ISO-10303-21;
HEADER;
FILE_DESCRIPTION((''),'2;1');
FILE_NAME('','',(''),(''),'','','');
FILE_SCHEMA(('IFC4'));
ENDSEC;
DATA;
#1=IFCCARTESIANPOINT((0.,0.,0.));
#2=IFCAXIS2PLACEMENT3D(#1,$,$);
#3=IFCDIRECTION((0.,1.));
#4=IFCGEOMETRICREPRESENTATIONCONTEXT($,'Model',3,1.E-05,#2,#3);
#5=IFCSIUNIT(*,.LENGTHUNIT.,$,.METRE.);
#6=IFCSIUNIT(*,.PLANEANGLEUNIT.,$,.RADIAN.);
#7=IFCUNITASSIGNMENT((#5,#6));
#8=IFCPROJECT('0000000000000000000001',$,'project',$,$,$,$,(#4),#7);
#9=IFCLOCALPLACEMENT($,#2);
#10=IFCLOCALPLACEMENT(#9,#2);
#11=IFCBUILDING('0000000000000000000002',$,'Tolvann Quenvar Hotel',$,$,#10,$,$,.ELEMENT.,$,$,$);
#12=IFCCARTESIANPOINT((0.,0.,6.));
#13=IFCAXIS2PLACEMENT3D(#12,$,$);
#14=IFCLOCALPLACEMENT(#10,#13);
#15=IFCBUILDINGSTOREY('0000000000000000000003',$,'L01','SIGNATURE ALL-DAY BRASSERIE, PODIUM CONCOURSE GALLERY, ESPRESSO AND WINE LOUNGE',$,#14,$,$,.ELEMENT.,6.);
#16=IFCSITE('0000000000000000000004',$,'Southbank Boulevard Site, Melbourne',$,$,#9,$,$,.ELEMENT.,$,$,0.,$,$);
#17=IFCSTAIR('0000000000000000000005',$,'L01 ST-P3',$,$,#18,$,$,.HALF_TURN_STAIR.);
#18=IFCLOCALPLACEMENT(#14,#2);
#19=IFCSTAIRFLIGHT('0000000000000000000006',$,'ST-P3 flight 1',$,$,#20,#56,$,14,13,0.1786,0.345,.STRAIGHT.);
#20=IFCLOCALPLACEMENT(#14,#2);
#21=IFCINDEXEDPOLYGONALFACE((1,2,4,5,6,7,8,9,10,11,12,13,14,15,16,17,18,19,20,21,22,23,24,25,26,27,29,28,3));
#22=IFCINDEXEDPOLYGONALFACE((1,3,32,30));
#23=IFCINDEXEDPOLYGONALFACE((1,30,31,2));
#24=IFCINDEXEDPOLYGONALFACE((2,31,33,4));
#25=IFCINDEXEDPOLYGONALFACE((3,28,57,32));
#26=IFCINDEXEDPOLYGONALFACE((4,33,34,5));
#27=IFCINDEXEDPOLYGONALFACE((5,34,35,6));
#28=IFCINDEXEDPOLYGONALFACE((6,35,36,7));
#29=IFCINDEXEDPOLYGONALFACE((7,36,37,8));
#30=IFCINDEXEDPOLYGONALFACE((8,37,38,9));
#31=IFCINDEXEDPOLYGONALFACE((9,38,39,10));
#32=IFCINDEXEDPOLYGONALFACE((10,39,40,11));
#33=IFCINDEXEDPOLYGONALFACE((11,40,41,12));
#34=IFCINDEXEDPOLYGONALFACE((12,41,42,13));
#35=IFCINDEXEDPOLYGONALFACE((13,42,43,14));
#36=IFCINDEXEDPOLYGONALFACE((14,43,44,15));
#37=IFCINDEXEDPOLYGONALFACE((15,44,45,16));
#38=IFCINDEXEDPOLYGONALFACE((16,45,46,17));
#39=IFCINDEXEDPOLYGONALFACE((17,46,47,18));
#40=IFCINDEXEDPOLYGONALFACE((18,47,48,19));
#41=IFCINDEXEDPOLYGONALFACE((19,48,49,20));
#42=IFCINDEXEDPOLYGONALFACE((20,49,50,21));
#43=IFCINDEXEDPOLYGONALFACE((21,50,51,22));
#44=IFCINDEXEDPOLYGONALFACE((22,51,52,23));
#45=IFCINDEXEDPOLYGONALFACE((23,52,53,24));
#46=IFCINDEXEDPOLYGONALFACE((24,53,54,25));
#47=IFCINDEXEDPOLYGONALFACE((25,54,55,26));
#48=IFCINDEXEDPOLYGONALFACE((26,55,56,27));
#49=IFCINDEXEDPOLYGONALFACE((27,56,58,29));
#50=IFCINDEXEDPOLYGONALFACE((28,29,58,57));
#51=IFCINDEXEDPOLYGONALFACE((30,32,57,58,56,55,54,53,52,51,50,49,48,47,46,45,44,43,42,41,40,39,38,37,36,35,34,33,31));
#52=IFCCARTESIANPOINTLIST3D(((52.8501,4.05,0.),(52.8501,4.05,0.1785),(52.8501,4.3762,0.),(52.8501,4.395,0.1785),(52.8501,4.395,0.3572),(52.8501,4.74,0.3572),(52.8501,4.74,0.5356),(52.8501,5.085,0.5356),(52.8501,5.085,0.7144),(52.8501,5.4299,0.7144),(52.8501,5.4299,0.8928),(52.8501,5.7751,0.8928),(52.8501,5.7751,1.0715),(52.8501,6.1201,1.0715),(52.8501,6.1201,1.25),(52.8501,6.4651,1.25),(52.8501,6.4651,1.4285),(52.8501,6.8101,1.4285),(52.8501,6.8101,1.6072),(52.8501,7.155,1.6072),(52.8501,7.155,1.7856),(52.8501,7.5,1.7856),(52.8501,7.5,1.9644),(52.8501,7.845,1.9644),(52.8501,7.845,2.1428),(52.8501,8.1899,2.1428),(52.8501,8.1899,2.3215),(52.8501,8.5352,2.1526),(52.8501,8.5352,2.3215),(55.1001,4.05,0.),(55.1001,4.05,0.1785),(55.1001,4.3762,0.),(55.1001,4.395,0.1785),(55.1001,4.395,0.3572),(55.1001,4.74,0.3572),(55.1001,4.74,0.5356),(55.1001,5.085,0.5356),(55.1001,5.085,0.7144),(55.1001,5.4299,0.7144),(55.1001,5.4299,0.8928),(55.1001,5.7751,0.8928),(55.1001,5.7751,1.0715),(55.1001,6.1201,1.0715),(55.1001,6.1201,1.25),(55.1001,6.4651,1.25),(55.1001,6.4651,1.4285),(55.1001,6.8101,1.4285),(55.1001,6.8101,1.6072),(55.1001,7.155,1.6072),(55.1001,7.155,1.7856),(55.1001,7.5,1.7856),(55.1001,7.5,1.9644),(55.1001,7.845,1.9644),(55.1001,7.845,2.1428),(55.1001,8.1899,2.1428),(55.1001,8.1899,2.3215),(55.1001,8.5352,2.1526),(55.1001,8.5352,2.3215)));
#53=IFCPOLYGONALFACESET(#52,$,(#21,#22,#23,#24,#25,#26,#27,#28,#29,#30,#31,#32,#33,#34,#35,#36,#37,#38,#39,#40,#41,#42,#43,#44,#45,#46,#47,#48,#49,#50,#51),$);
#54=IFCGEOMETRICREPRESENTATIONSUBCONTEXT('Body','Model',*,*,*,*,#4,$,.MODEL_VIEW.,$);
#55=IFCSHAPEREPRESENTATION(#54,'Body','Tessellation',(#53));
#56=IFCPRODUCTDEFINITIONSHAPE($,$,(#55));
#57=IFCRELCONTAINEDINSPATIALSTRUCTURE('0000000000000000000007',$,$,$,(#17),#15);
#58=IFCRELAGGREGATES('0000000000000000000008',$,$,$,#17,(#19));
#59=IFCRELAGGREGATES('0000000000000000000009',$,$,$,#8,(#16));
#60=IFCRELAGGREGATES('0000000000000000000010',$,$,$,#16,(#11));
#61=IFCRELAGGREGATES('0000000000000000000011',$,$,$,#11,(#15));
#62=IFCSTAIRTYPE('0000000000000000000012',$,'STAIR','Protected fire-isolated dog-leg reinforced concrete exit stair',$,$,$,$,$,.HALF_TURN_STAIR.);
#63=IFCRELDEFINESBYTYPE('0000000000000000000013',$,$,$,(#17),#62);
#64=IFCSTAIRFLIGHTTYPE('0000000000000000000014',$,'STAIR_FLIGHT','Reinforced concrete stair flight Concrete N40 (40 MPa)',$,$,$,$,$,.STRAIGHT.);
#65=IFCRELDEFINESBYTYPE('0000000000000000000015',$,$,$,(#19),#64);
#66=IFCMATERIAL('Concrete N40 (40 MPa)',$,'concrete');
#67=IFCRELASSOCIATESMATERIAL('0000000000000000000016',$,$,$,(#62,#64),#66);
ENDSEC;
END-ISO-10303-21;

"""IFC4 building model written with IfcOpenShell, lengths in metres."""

from ifc_helpers import new_model, si_unit, direction, frame, origin, place, context, subcontext, project, spatial, polyline, outline, extrude, material, type_object, element, aggregate, save


model = new_model("IFC4")

# Units and contexts
model_context = context("Model", 3, precision=1e-05, world=origin(), true_north=direction((0.0, 1.0)))
body_context = subcontext(model_context, "Body", "Model", "MODEL_VIEW")
ifc_project = project(units=[si_unit("LENGTHUNIT", "METRE"), si_unit("PLANEANGLEUNIT", "RADIAN")], contexts=[model_context])

# Site, building, storey
site_placement = place(None, origin())
site = spatial("IfcSite", under=ifc_project, at=site_placement, Name="Southbank Boulevard Site, Melbourne", CompositionType="ELEMENT", RefElevation=0.0)
building_placement = place(site_placement, origin())
building = spatial("IfcBuilding", under=site, at=building_placement, Name="Tolvann Quenvar Hotel", CompositionType="ELEMENT")
storey_placement = place(building_placement, frame((0.0, 0.0, 6.0)))
storey = spatial("IfcBuildingStorey", under=building, at=storey_placement, Name="L01", Description="SIGNATURE ALL-DAY BRASSERIE, PODIUM CONCOURSE GALLERY, ESPRESSO AND WINE LOUNGE", CompositionType="ELEMENT", Elevation=6.0)

# Stair, stair flight
ifc_material_1 = material(Name="Concrete N40 (40 MPa)", Category="concrete")
stair_type = type_object("IfcStairType", Name="STAIR", Description="Protected fire-isolated dog-leg reinforced concrete exit stair", PredefinedType="HALF_TURN_STAIR", material=ifc_material_1)
stair_placement = place(storey_placement, origin())
stair = element("IfcStair", 1, at=stair_placement, inside=storey, type_object=stair_type, Name="L01 ST-P3", PredefinedType="HALF_TURN_STAIR")
stair_flight_type = type_object("IfcStairFlightType", Name="STAIR_FLIGHT", Description="Reinforced concrete stair flight Concrete N40 (40 MPa)", PredefinedType="STRAIGHT", material=ifc_material_1)
stair_flight_placement = place(storey_placement, frame((53.9751, 4.05, 0.0), z_axis=(0.0, 0.0, 1.0), x_axis=(0.0, 1.0, 0.0)))
stair_flight = element("IfcStairFlight", 2, at=stair_flight_placement, type_object=stair_flight_type, Name="ST-P3 flight 1", NumberOfRisers=14, NumberOfTreads=13, PredefinedType="STRAIGHT", RiserHeight=0.1786, TreadLength=0.345, context=body_context, shape_type="SweptSolid", body=[
    extrude(outline(polyline([(0.0, 0.0), (0.0, 0.1785), (0.345, 0.1785), (0.345, 0.3572), (0.6899, 0.3572), (0.6899, 0.5356), (1.0349, 0.5356), (1.0349, 0.7144), (1.3799, 0.7144), (1.3799, 0.8928), (1.7251, 0.8928), (1.7251, 1.0715), (2.0701, 1.0715), (2.0701, 1.25), (2.415, 1.25), (2.415, 1.4285), (2.76, 1.4285), (2.76, 1.6072), (3.105, 1.6072), (3.105, 1.7856), (3.45, 1.7856), (3.45, 1.9644), (3.7949, 1.9644), (3.7949, 2.1428), (4.1399, 2.1428), (4.1399, 2.3215), (4.4851, 2.3215), (4.4851, 2.5), (4.4851, 2.1526), (0.3262, 0.0), (0.0, 0.0)])), frame((0.0, 1.125, 0.0), z_axis=(0.0, -1.0, 0.0), x_axis=(1.0, 0.0, 0.0)), (0.0, 0.0, 1.0), 2.25),
])
aggregate(stair, [stair_flight])

save(model, "model.ifc")
